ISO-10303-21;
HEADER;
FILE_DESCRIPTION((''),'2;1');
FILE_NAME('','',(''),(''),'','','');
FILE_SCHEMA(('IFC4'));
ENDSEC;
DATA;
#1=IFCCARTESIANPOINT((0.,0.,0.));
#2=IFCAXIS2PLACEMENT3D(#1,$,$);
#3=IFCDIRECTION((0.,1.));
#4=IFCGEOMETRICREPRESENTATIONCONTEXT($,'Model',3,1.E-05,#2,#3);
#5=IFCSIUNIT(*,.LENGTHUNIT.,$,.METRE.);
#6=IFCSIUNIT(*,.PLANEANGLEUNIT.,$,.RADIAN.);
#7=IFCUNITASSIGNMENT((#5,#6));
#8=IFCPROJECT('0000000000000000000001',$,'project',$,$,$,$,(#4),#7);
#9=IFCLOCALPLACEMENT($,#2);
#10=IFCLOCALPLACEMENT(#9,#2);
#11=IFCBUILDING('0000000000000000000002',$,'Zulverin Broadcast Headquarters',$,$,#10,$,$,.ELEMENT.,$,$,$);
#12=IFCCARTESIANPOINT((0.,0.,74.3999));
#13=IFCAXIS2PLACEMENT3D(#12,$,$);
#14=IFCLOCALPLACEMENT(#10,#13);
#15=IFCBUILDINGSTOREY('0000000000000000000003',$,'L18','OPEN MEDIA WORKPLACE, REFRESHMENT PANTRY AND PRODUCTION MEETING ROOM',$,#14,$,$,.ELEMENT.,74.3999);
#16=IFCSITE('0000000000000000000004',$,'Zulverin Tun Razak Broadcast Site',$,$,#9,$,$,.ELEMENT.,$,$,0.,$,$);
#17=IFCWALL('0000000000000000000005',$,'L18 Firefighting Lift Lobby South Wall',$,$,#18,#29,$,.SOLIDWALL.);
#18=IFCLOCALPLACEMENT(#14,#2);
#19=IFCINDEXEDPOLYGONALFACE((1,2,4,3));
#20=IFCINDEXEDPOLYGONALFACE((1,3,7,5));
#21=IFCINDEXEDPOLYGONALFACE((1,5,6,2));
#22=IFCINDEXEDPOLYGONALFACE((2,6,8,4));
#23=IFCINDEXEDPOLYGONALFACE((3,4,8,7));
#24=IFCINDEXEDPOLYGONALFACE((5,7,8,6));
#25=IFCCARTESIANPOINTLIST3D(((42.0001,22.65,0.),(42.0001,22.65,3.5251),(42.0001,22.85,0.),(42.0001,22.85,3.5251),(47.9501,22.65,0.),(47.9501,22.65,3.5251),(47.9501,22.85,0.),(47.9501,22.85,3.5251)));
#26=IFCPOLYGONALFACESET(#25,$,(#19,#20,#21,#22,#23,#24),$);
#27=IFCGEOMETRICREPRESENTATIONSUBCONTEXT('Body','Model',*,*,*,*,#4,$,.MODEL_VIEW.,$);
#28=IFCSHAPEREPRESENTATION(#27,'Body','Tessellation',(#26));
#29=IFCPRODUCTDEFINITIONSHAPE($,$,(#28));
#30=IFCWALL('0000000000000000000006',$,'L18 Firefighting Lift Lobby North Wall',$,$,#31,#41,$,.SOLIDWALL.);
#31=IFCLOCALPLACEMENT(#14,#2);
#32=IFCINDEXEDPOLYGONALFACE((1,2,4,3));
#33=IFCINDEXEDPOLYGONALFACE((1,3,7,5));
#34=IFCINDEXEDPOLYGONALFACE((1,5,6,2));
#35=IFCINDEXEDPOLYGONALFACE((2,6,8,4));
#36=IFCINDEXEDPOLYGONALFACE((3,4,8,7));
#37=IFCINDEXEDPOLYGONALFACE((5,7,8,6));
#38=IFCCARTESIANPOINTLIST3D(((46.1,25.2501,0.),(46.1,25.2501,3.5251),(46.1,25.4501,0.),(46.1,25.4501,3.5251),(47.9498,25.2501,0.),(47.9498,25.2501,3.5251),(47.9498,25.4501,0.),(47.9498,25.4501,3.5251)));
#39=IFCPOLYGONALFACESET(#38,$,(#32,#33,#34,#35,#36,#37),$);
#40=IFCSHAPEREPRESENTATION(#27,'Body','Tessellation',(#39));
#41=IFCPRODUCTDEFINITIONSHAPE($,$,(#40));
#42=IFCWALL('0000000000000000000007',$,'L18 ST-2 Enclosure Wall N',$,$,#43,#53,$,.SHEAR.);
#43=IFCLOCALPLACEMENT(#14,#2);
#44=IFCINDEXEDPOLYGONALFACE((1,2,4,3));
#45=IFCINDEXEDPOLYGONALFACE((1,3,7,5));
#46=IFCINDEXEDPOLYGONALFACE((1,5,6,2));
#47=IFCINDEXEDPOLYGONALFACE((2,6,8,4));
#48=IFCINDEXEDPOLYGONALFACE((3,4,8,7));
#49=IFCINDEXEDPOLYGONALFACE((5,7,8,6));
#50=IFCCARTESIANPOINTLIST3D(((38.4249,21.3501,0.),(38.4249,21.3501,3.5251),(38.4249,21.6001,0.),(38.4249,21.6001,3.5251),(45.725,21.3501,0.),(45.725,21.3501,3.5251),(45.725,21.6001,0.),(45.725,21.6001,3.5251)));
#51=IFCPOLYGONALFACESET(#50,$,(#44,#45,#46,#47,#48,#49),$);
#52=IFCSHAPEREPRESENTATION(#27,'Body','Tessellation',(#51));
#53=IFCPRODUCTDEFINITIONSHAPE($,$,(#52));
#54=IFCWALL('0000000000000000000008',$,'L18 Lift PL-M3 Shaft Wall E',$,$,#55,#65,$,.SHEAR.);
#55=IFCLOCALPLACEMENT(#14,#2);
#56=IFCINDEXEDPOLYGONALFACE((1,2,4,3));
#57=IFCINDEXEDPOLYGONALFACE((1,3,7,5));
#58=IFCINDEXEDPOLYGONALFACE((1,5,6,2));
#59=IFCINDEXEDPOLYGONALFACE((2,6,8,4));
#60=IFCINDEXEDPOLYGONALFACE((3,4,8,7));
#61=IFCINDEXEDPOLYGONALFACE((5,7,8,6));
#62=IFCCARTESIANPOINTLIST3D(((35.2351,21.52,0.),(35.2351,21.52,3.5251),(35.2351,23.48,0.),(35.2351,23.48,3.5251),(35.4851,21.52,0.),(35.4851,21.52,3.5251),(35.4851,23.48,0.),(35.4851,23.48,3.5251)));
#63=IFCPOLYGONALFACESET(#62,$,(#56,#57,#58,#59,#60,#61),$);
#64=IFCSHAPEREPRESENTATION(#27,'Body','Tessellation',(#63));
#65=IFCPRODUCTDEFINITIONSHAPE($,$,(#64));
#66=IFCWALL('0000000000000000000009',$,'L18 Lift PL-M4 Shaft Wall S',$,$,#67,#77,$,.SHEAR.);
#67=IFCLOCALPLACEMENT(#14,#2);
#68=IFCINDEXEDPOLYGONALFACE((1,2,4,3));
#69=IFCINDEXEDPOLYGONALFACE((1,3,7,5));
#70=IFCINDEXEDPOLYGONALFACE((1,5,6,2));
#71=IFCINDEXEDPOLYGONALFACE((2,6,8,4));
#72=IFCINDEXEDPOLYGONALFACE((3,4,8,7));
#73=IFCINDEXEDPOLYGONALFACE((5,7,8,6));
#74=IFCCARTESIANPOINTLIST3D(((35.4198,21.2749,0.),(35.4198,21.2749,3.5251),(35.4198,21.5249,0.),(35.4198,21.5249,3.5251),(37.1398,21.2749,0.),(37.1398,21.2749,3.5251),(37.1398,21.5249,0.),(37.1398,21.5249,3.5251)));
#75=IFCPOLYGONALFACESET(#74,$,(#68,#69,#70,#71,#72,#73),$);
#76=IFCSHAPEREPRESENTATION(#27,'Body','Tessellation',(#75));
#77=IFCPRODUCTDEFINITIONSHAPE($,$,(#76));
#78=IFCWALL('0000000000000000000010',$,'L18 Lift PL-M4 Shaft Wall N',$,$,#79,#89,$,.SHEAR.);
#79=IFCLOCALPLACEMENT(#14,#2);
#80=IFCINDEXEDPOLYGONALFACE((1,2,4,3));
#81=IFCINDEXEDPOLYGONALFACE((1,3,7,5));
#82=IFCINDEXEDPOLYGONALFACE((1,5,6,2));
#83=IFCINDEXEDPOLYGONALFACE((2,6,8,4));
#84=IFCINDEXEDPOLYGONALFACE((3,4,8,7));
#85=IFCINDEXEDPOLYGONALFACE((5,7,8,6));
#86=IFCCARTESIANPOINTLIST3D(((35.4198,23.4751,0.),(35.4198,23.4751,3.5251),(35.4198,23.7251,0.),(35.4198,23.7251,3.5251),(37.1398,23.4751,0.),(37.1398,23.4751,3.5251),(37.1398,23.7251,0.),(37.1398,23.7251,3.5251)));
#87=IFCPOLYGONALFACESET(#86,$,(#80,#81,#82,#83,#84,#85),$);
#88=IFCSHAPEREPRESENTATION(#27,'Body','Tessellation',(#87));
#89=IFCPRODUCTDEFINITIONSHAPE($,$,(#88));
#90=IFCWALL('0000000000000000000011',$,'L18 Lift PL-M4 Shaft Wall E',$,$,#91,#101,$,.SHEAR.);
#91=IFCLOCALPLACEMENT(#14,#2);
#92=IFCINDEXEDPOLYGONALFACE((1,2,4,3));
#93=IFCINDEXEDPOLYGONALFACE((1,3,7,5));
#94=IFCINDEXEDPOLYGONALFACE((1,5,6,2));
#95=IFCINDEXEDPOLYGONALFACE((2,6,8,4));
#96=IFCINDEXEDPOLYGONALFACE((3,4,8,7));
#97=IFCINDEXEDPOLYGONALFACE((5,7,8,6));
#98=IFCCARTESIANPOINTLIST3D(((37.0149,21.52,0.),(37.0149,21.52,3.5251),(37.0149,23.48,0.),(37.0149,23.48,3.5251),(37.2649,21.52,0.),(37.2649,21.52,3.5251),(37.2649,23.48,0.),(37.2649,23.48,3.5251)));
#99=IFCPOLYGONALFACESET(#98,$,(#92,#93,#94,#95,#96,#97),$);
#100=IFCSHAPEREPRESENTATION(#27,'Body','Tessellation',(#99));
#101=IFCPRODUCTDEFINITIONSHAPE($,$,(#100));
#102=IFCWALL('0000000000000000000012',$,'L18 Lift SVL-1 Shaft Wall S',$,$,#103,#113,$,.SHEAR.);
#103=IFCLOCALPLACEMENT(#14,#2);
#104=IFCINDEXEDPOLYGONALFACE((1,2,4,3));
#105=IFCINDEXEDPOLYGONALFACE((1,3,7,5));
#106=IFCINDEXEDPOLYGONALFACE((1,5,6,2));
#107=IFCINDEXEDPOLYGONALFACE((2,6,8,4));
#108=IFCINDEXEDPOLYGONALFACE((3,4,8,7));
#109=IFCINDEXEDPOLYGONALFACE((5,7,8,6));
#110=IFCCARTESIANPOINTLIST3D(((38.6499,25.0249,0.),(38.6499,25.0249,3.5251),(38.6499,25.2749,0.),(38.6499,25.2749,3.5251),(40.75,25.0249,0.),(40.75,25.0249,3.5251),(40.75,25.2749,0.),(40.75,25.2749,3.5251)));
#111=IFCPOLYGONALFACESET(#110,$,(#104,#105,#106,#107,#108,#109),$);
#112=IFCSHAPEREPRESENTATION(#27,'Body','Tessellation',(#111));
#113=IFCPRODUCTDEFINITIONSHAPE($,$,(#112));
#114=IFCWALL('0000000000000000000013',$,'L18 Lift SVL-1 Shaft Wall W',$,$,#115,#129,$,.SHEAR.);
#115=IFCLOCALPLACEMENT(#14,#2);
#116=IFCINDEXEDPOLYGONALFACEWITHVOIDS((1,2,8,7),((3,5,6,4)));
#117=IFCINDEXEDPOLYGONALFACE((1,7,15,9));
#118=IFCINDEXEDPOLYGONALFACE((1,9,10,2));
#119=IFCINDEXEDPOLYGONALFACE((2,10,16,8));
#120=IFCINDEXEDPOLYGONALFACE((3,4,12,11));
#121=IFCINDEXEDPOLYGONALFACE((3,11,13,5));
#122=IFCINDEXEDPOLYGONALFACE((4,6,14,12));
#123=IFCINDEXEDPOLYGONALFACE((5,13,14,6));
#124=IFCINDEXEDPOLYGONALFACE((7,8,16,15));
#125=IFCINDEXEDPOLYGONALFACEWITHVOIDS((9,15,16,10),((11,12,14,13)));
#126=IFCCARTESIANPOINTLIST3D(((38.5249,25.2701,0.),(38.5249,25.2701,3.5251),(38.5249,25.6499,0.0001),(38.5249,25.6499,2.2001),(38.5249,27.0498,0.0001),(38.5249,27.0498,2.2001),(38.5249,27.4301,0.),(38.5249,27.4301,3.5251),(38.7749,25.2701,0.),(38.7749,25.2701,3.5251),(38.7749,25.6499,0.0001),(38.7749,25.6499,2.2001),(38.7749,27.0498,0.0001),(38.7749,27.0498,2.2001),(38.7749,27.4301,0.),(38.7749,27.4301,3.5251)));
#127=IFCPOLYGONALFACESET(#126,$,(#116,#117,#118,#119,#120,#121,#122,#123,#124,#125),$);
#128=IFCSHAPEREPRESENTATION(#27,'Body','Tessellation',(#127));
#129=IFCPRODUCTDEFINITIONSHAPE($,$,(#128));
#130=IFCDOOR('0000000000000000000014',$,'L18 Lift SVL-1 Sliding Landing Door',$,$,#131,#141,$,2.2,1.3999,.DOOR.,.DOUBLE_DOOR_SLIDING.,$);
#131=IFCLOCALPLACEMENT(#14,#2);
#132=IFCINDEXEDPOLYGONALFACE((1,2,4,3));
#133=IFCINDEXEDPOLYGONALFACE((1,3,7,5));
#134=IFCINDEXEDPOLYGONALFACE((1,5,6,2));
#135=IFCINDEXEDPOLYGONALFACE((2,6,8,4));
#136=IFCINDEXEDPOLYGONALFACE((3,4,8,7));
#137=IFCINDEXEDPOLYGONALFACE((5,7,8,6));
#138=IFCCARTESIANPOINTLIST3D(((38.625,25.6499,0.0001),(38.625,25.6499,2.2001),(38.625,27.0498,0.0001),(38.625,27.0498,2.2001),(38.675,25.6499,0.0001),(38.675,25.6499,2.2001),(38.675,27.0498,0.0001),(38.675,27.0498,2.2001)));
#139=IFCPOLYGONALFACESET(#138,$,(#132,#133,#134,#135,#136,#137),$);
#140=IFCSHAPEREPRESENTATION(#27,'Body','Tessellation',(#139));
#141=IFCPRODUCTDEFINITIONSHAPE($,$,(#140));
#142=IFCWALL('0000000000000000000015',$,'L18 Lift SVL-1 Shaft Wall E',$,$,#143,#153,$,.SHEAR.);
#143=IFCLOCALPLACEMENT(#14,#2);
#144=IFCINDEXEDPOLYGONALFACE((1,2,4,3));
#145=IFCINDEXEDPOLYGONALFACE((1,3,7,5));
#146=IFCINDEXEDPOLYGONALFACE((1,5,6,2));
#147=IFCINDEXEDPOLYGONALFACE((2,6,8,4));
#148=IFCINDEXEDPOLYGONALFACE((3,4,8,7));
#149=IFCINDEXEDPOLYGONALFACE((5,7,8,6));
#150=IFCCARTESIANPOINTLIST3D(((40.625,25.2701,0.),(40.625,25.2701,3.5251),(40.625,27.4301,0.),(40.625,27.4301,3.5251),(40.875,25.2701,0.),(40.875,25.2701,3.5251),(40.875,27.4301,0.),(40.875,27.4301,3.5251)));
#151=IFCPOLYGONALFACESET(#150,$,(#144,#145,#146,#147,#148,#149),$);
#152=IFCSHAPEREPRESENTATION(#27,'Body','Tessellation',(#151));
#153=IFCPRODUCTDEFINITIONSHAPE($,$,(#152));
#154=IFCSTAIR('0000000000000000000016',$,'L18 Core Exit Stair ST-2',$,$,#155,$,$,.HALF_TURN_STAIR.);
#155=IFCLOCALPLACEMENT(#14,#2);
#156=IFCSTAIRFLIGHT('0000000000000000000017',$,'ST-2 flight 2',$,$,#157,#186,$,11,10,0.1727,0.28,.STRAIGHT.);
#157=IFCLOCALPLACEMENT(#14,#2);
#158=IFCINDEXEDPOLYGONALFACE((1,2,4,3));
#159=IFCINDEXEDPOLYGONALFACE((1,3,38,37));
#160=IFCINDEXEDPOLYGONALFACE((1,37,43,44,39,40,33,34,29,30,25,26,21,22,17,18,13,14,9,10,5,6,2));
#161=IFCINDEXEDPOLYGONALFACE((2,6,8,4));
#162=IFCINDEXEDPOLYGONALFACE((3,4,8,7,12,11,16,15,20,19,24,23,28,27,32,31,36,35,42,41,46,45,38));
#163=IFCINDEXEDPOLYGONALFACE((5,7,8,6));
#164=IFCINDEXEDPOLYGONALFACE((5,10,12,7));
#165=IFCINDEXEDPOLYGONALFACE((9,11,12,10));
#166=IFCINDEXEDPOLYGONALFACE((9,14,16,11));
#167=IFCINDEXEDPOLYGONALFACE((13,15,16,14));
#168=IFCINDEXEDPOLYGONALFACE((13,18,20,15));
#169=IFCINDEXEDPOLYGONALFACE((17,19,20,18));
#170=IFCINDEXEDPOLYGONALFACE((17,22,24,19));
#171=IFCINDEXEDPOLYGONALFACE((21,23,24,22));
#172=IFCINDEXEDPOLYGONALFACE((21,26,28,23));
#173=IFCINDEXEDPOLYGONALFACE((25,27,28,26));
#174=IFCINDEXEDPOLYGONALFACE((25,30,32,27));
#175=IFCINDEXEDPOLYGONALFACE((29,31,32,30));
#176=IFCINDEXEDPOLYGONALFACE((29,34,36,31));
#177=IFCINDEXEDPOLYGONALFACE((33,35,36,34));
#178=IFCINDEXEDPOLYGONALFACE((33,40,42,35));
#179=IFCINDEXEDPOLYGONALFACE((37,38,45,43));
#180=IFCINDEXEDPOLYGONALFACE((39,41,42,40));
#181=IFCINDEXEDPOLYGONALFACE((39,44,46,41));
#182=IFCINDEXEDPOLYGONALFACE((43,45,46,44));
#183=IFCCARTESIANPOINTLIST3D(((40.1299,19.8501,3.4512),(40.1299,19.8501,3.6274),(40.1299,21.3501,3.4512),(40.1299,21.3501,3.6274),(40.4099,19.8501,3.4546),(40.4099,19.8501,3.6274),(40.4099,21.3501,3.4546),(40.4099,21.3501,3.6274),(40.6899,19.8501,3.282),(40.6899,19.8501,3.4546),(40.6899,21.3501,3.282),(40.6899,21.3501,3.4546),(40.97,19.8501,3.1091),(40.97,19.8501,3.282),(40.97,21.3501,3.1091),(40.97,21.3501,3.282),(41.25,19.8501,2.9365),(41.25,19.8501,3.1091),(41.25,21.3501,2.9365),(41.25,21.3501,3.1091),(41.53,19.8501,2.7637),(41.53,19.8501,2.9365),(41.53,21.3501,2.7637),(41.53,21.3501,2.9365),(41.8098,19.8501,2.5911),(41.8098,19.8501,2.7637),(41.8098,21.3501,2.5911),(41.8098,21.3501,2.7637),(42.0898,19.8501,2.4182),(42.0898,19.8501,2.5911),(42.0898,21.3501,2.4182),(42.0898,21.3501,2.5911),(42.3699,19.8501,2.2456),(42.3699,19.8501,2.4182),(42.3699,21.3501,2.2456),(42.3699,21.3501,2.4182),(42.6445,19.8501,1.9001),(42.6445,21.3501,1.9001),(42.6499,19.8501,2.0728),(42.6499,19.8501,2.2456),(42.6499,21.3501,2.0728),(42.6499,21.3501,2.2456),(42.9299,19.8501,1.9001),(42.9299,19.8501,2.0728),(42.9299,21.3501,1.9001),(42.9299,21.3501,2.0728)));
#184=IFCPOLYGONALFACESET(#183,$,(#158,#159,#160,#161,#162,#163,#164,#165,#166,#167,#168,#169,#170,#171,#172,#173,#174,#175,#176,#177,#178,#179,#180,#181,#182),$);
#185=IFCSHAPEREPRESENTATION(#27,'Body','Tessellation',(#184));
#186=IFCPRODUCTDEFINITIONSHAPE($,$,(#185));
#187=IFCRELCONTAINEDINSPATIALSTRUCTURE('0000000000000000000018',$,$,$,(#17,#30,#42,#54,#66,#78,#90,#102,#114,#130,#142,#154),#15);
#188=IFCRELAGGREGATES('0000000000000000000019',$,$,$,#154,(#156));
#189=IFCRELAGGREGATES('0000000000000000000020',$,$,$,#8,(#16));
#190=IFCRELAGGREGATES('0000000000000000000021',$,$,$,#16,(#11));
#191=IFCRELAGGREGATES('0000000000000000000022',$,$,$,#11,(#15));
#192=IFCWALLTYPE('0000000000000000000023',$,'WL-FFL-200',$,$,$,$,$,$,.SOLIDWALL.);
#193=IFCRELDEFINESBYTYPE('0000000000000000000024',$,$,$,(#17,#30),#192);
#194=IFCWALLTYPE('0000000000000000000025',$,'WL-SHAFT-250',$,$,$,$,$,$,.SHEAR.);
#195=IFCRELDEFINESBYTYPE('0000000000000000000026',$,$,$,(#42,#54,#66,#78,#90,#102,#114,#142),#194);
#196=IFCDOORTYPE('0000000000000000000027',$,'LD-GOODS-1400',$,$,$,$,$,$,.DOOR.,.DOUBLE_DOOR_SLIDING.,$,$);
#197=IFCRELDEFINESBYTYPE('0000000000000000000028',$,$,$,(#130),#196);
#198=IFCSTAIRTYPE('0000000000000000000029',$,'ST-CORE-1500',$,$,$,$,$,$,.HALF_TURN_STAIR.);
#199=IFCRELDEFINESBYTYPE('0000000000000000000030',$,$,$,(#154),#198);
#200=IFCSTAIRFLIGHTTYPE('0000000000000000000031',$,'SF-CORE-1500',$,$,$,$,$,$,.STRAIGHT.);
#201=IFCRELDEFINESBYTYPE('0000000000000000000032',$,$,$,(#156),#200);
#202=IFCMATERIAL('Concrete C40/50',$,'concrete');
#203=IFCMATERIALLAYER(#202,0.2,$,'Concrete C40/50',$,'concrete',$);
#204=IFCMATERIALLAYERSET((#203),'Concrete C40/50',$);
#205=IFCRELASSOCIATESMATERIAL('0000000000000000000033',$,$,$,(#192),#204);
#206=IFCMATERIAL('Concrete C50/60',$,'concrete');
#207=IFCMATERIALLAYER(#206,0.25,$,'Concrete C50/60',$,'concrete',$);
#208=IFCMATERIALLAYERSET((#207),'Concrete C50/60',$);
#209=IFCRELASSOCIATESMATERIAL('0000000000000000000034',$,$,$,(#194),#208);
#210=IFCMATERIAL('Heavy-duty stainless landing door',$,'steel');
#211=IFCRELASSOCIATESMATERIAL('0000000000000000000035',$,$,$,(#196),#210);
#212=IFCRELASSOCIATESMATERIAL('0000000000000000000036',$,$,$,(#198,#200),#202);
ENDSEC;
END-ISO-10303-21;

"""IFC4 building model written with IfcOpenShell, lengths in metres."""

from ifc_helpers import new_model, si_unit, direction, frame, frame_2d, origin, place, context, subcontext, project, spatial, polyline, rectangle, outline, extrude, material, layer, layer_set, type_object, element, fill, aggregate, save


model = new_model("IFC4")

# Units and contexts
model_context = context("Model", 3, precision=1e-05, world=origin(), true_north=direction((0.0, 1.0)))
body_context = subcontext(model_context, "Body", "Model", "MODEL_VIEW")
ifc_project = project(units=[si_unit("LENGTHUNIT", "METRE"), si_unit("PLANEANGLEUNIT", "RADIAN")], contexts=[model_context])

# Site, building, storey
site_placement = place(None, origin())
site = spatial("IfcSite", under=ifc_project, at=site_placement, Name="Zulverin Tun Razak Broadcast Site", CompositionType="ELEMENT", RefElevation=0.0)
building_placement = place(site_placement, origin())
building = spatial("IfcBuilding", under=site, at=building_placement, Name="Zulverin Broadcast Headquarters", CompositionType="ELEMENT")
storey_placement = place(building_placement, frame((0.0, 0.0, 74.3999)))
storey = spatial("IfcBuildingStorey", under=building, at=storey_placement, Name="L18", Description="OPEN MEDIA WORKPLACE, REFRESHMENT PANTRY AND PRODUCTION MEETING ROOM", CompositionType="ELEMENT", Elevation=74.3999)

# Shared definitions
ifc_material_1 = material(Name="Concrete C40/50", Category="concrete")
ifc_layer_1 = layer(ifc_material_1, 0.2, Name="Concrete C40/50", Category="concrete")
ifc_layer_set_1 = layer_set([ifc_layer_1], Name="Concrete C40/50")
wall_type_1 = type_object("IfcWallType", Name="WL-FFL-200", PredefinedType="SOLIDWALL", material=ifc_layer_set_1)

# Walls
wall_1_placement = place(storey_placement, frame((42.0, 22.75, 0.0), z_axis=(0.0, 0.0, 1.0), x_axis=(1.0, 0.0, 0.0)))
element("IfcWall", 1, at=wall_1_placement, inside=storey, type_object=wall_type_1, Name="L18 Firefighting Lift Lobby South Wall", PredefinedType="SOLIDWALL", context=body_context, shape_type="SweptSolid", body=[
    extrude(rectangle(XDim=5.95, YDim=0.2, at=frame_2d((2.9751, 0.0))), origin(), (0.0, 0.0, 1.0), 3.5251),
])
wall_2_placement = place(storey_placement, frame((46.1001, 25.3501, 0.0), z_axis=(0.0, 0.0, 1.0), x_axis=(1.0, 0.0, 0.0)))
element("IfcWall", 2, at=wall_2_placement, inside=storey, type_object=wall_type_1, Name="L18 Firefighting Lift Lobby North Wall", PredefinedType="SOLIDWALL", context=body_context, shape_type="SweptSolid", body=[
    extrude(rectangle(XDim=1.8499, YDim=0.2, at=frame_2d((0.9248, 0.0))), origin(), (0.0, 0.0, 1.0), 3.5251),
])
ifc_material_2 = material(Name="Concrete C50/60", Category="concrete")
ifc_layer_2 = layer(ifc_material_2, 0.25, Name="Concrete C50/60", Category="concrete")
ifc_layer_set_2 = layer_set([ifc_layer_2], Name="Concrete C50/60")
wall_type_2 = type_object("IfcWallType", Name="WL-SHAFT-250", PredefinedType="SHEAR", material=ifc_layer_set_2)
wall_3_placement = place(storey_placement, frame((38.425, 21.4751, 0.0), z_axis=(0.0, 0.0, 1.0), x_axis=(1.0, 0.0, 0.0)))
element("IfcWall", 3, at=wall_3_placement, inside=storey, type_object=wall_type_2, Name="L18 ST-2 Enclosure Wall N", PredefinedType="SHEAR", context=body_context, shape_type="SweptSolid", body=[
    extrude(rectangle(XDim=7.3, YDim=0.25, at=frame_2d((3.6499, 0.0))), origin(), (0.0, 0.0, 1.0), 3.5251),
])
wall_4_placement = place(storey_placement, frame((35.3601, 21.52, 0.0), z_axis=(0.0, 0.0, 1.0), x_axis=(0.0, 1.0, 0.0)))
element("IfcWall", 4, at=wall_4_placement, inside=storey, type_object=wall_type_2, Name="L18 Lift PL-M3 Shaft Wall E", PredefinedType="SHEAR", context=body_context, shape_type="SweptSolid", body=[
    extrude(rectangle(XDim=1.96, YDim=0.25, at=frame_2d((0.98, 0.0))), origin(), (0.0, 0.0, 1.0), 3.5251),
])
for number, where, z_axis, x_axis, name in (
    (5, (35.4199, 21.3999, 0.0), (0.0, 0.0, 1.0), (1.0, 0.0, 0.0), "L18 Lift PL-M4 Shaft Wall S"),
    (6, (35.4199, 23.6001, 0.0), (0.0, 0.0, 1.0), (1.0, 0.0, 0.0), "L18 Lift PL-M4 Shaft Wall N"),
):
    element("IfcWall", number, at=place(storey_placement, frame(where, z_axis=z_axis, x_axis=x_axis)), inside=storey, type_object=wall_type_2, Name=name, PredefinedType="SHEAR", context=body_context, shape_type="SweptSolid", body=[
        extrude(rectangle(XDim=1.72, YDim=0.25, at=frame_2d((0.8599, 0.0))), origin(), (0.0, 0.0, 1.0), 3.5251),
    ])
wall_5_placement = place(storey_placement, frame((37.1399, 21.52, 0.0), z_axis=(0.0, 0.0, 1.0), x_axis=(0.0, 1.0, 0.0)))
element("IfcWall", 7, at=wall_5_placement, inside=storey, type_object=wall_type_2, Name="L18 Lift PL-M4 Shaft Wall E", PredefinedType="SHEAR", context=body_context, shape_type="SweptSolid", body=[
    extrude(rectangle(XDim=1.96, YDim=0.25, at=frame_2d((0.98, 0.0))), origin(), (0.0, 0.0, 1.0), 3.5251),
])

# Wall
wall_6_placement = place(storey_placement, frame((38.6499, 25.1499, 0.0), z_axis=(0.0, 0.0, 1.0), x_axis=(1.0, 0.0, 0.0)))
element("IfcWall", 8, at=wall_6_placement, inside=storey, type_object=wall_type_2, Name="L18 Lift SVL-1 Shaft Wall S", PredefinedType="SHEAR", context=body_context, shape_type="SweptSolid", body=[
    extrude(rectangle(XDim=2.1001, YDim=0.25, at=frame_2d((1.05, 0.0))), origin(), (0.0, 0.0, 1.0), 3.5251),
])

# Wall, opening, door
wall_7_placement = place(storey_placement, frame((38.6499, 25.27, 0.0), z_axis=(0.0, 0.0, 1.0), x_axis=(0.0, 1.0, 0.0)))
wall_7 = element("IfcWall", 9, at=wall_7_placement, inside=storey, type_object=wall_type_2, Name="L18 Lift SVL-1 Shaft Wall W", PredefinedType="SHEAR", context=body_context, shape_type="SweptSolid", body=[
    extrude(rectangle(XDim=2.1599, YDim=0.25, at=frame_2d((1.0801, 0.0))), origin(), (0.0, 0.0, 1.0), 3.5251),
])
opening_1_placement = place(wall_7_placement, frame((0.3799, 0.0, 0.0)))
opening_1 = element("IfcOpeningElement", 10, at=opening_1_placement, cuts=wall_7, PredefinedType="OPENING", context=body_context, shape_type="SweptSolid", body=[
    extrude(rectangle(XDim=1.3999, YDim=2.2, at=frame_2d((0.7, 1.1001))), frame((0.0, 0.135, 0.0), z_axis=(0.0, -1.0, 0.0), x_axis=(1.0, 0.0, 0.0)), (0.0, 0.0, 1.0), 0.27),
])
ifc_material_3 = material(Name="Heavy-duty stainless landing door", Category="steel")
door_type_1 = type_object("IfcDoorType", Name="LD-GOODS-1400", OperationType="DOUBLE_DOOR_SLIDING", PredefinedType="DOOR", material=ifc_material_3)
door_1_placement = place(opening_1_placement, origin())
door_1 = element("IfcDoor", 11, at=door_1_placement, inside=storey, type_object=door_type_1, Name="L18 Lift SVL-1 Sliding Landing Door", OperationType="DOUBLE_DOOR_SLIDING", OverallHeight=2.2, OverallWidth=1.3999, PredefinedType="DOOR", context=body_context, shape_type="SweptSolid", body=[
    extrude(rectangle(XDim=1.3999, YDim=2.2, at=frame_2d((0.7, 1.1001))), frame((0.0, 0.0249, 0.0), z_axis=(0.0, -1.0, 0.0), x_axis=(1.0, 0.0, 0.0)), (0.0, 0.0, 1.0), 0.05),
])
fill(opening_1, door_1)

# Wall
wall_8_placement = place(storey_placement, frame((40.75, 25.27, 0.0), z_axis=(0.0, 0.0, 1.0), x_axis=(0.0, 1.0, 0.0)))
element("IfcWall", 12, at=wall_8_placement, inside=storey, type_object=wall_type_2, Name="L18 Lift SVL-1 Shaft Wall E", PredefinedType="SHEAR", context=body_context, shape_type="SweptSolid", body=[
    extrude(rectangle(XDim=2.1599, YDim=0.25, at=frame_2d((1.0801, 0.0))), origin(), (0.0, 0.0, 1.0), 3.5251),
])

# Stair, stair flight
stair_type = type_object("IfcStairType", Name="ST-CORE-1500", PredefinedType="HALF_TURN_STAIR", material=ifc_material_1)
stair_placement = place(storey_placement, origin())
stair = element("IfcStair", 13, at=stair_placement, inside=storey, type_object=stair_type, Name="L18 Core Exit Stair ST-2", PredefinedType="HALF_TURN_STAIR")
stair_flight_type = type_object("IfcStairFlightType", Name="SF-CORE-1500", PredefinedType="STRAIGHT", material=ifc_material_1)
stair_flight_placement = place(storey_placement, frame((42.9299, 20.6001, 1.9001), z_axis=(0.0, 0.0, 1.0), x_axis=(-1.0, 0.0, 0.0)))
stair_flight = element("IfcStairFlight", 14, at=stair_flight_placement, type_object=stair_flight_type, Name="ST-2 flight 2", NumberOfRisers=11, NumberOfTreads=10, PredefinedType="STRAIGHT", RiserHeight=0.1727, TreadLength=0.28, context=body_context, shape_type="SweptSolid", body=[
    extrude(outline(polyline([(0.0, 0.0), (0.0, 0.1726), (0.28, 0.1726), (0.28, 0.3455), (0.5601, 0.3455), (0.5601, 0.5181), (0.8401, 0.5181), (0.8401, 0.6909), (1.1201, 0.6909), (1.1201, 0.8635), (1.3999, 0.8635), (1.3999, 1.0364), (1.6799, 1.0364), (1.6799, 1.209), (1.96, 1.209), (1.96, 1.3818), (2.24, 1.3818), (2.24, 1.5544), (2.52, 1.5544), (2.52, 1.7273), (2.8, 1.7273), (2.8, 1.8999), (2.8, 1.551), (0.2854, 0.0), (0.0, 0.0)])), frame((0.0, 0.75, 0.0), z_axis=(0.0, -1.0, 0.0), x_axis=(1.0, 0.0, 0.0)), (0.0, 0.0, 1.0), 1.5),
])
aggregate(stair, [stair_flight])

save(model, "model.ifc")
